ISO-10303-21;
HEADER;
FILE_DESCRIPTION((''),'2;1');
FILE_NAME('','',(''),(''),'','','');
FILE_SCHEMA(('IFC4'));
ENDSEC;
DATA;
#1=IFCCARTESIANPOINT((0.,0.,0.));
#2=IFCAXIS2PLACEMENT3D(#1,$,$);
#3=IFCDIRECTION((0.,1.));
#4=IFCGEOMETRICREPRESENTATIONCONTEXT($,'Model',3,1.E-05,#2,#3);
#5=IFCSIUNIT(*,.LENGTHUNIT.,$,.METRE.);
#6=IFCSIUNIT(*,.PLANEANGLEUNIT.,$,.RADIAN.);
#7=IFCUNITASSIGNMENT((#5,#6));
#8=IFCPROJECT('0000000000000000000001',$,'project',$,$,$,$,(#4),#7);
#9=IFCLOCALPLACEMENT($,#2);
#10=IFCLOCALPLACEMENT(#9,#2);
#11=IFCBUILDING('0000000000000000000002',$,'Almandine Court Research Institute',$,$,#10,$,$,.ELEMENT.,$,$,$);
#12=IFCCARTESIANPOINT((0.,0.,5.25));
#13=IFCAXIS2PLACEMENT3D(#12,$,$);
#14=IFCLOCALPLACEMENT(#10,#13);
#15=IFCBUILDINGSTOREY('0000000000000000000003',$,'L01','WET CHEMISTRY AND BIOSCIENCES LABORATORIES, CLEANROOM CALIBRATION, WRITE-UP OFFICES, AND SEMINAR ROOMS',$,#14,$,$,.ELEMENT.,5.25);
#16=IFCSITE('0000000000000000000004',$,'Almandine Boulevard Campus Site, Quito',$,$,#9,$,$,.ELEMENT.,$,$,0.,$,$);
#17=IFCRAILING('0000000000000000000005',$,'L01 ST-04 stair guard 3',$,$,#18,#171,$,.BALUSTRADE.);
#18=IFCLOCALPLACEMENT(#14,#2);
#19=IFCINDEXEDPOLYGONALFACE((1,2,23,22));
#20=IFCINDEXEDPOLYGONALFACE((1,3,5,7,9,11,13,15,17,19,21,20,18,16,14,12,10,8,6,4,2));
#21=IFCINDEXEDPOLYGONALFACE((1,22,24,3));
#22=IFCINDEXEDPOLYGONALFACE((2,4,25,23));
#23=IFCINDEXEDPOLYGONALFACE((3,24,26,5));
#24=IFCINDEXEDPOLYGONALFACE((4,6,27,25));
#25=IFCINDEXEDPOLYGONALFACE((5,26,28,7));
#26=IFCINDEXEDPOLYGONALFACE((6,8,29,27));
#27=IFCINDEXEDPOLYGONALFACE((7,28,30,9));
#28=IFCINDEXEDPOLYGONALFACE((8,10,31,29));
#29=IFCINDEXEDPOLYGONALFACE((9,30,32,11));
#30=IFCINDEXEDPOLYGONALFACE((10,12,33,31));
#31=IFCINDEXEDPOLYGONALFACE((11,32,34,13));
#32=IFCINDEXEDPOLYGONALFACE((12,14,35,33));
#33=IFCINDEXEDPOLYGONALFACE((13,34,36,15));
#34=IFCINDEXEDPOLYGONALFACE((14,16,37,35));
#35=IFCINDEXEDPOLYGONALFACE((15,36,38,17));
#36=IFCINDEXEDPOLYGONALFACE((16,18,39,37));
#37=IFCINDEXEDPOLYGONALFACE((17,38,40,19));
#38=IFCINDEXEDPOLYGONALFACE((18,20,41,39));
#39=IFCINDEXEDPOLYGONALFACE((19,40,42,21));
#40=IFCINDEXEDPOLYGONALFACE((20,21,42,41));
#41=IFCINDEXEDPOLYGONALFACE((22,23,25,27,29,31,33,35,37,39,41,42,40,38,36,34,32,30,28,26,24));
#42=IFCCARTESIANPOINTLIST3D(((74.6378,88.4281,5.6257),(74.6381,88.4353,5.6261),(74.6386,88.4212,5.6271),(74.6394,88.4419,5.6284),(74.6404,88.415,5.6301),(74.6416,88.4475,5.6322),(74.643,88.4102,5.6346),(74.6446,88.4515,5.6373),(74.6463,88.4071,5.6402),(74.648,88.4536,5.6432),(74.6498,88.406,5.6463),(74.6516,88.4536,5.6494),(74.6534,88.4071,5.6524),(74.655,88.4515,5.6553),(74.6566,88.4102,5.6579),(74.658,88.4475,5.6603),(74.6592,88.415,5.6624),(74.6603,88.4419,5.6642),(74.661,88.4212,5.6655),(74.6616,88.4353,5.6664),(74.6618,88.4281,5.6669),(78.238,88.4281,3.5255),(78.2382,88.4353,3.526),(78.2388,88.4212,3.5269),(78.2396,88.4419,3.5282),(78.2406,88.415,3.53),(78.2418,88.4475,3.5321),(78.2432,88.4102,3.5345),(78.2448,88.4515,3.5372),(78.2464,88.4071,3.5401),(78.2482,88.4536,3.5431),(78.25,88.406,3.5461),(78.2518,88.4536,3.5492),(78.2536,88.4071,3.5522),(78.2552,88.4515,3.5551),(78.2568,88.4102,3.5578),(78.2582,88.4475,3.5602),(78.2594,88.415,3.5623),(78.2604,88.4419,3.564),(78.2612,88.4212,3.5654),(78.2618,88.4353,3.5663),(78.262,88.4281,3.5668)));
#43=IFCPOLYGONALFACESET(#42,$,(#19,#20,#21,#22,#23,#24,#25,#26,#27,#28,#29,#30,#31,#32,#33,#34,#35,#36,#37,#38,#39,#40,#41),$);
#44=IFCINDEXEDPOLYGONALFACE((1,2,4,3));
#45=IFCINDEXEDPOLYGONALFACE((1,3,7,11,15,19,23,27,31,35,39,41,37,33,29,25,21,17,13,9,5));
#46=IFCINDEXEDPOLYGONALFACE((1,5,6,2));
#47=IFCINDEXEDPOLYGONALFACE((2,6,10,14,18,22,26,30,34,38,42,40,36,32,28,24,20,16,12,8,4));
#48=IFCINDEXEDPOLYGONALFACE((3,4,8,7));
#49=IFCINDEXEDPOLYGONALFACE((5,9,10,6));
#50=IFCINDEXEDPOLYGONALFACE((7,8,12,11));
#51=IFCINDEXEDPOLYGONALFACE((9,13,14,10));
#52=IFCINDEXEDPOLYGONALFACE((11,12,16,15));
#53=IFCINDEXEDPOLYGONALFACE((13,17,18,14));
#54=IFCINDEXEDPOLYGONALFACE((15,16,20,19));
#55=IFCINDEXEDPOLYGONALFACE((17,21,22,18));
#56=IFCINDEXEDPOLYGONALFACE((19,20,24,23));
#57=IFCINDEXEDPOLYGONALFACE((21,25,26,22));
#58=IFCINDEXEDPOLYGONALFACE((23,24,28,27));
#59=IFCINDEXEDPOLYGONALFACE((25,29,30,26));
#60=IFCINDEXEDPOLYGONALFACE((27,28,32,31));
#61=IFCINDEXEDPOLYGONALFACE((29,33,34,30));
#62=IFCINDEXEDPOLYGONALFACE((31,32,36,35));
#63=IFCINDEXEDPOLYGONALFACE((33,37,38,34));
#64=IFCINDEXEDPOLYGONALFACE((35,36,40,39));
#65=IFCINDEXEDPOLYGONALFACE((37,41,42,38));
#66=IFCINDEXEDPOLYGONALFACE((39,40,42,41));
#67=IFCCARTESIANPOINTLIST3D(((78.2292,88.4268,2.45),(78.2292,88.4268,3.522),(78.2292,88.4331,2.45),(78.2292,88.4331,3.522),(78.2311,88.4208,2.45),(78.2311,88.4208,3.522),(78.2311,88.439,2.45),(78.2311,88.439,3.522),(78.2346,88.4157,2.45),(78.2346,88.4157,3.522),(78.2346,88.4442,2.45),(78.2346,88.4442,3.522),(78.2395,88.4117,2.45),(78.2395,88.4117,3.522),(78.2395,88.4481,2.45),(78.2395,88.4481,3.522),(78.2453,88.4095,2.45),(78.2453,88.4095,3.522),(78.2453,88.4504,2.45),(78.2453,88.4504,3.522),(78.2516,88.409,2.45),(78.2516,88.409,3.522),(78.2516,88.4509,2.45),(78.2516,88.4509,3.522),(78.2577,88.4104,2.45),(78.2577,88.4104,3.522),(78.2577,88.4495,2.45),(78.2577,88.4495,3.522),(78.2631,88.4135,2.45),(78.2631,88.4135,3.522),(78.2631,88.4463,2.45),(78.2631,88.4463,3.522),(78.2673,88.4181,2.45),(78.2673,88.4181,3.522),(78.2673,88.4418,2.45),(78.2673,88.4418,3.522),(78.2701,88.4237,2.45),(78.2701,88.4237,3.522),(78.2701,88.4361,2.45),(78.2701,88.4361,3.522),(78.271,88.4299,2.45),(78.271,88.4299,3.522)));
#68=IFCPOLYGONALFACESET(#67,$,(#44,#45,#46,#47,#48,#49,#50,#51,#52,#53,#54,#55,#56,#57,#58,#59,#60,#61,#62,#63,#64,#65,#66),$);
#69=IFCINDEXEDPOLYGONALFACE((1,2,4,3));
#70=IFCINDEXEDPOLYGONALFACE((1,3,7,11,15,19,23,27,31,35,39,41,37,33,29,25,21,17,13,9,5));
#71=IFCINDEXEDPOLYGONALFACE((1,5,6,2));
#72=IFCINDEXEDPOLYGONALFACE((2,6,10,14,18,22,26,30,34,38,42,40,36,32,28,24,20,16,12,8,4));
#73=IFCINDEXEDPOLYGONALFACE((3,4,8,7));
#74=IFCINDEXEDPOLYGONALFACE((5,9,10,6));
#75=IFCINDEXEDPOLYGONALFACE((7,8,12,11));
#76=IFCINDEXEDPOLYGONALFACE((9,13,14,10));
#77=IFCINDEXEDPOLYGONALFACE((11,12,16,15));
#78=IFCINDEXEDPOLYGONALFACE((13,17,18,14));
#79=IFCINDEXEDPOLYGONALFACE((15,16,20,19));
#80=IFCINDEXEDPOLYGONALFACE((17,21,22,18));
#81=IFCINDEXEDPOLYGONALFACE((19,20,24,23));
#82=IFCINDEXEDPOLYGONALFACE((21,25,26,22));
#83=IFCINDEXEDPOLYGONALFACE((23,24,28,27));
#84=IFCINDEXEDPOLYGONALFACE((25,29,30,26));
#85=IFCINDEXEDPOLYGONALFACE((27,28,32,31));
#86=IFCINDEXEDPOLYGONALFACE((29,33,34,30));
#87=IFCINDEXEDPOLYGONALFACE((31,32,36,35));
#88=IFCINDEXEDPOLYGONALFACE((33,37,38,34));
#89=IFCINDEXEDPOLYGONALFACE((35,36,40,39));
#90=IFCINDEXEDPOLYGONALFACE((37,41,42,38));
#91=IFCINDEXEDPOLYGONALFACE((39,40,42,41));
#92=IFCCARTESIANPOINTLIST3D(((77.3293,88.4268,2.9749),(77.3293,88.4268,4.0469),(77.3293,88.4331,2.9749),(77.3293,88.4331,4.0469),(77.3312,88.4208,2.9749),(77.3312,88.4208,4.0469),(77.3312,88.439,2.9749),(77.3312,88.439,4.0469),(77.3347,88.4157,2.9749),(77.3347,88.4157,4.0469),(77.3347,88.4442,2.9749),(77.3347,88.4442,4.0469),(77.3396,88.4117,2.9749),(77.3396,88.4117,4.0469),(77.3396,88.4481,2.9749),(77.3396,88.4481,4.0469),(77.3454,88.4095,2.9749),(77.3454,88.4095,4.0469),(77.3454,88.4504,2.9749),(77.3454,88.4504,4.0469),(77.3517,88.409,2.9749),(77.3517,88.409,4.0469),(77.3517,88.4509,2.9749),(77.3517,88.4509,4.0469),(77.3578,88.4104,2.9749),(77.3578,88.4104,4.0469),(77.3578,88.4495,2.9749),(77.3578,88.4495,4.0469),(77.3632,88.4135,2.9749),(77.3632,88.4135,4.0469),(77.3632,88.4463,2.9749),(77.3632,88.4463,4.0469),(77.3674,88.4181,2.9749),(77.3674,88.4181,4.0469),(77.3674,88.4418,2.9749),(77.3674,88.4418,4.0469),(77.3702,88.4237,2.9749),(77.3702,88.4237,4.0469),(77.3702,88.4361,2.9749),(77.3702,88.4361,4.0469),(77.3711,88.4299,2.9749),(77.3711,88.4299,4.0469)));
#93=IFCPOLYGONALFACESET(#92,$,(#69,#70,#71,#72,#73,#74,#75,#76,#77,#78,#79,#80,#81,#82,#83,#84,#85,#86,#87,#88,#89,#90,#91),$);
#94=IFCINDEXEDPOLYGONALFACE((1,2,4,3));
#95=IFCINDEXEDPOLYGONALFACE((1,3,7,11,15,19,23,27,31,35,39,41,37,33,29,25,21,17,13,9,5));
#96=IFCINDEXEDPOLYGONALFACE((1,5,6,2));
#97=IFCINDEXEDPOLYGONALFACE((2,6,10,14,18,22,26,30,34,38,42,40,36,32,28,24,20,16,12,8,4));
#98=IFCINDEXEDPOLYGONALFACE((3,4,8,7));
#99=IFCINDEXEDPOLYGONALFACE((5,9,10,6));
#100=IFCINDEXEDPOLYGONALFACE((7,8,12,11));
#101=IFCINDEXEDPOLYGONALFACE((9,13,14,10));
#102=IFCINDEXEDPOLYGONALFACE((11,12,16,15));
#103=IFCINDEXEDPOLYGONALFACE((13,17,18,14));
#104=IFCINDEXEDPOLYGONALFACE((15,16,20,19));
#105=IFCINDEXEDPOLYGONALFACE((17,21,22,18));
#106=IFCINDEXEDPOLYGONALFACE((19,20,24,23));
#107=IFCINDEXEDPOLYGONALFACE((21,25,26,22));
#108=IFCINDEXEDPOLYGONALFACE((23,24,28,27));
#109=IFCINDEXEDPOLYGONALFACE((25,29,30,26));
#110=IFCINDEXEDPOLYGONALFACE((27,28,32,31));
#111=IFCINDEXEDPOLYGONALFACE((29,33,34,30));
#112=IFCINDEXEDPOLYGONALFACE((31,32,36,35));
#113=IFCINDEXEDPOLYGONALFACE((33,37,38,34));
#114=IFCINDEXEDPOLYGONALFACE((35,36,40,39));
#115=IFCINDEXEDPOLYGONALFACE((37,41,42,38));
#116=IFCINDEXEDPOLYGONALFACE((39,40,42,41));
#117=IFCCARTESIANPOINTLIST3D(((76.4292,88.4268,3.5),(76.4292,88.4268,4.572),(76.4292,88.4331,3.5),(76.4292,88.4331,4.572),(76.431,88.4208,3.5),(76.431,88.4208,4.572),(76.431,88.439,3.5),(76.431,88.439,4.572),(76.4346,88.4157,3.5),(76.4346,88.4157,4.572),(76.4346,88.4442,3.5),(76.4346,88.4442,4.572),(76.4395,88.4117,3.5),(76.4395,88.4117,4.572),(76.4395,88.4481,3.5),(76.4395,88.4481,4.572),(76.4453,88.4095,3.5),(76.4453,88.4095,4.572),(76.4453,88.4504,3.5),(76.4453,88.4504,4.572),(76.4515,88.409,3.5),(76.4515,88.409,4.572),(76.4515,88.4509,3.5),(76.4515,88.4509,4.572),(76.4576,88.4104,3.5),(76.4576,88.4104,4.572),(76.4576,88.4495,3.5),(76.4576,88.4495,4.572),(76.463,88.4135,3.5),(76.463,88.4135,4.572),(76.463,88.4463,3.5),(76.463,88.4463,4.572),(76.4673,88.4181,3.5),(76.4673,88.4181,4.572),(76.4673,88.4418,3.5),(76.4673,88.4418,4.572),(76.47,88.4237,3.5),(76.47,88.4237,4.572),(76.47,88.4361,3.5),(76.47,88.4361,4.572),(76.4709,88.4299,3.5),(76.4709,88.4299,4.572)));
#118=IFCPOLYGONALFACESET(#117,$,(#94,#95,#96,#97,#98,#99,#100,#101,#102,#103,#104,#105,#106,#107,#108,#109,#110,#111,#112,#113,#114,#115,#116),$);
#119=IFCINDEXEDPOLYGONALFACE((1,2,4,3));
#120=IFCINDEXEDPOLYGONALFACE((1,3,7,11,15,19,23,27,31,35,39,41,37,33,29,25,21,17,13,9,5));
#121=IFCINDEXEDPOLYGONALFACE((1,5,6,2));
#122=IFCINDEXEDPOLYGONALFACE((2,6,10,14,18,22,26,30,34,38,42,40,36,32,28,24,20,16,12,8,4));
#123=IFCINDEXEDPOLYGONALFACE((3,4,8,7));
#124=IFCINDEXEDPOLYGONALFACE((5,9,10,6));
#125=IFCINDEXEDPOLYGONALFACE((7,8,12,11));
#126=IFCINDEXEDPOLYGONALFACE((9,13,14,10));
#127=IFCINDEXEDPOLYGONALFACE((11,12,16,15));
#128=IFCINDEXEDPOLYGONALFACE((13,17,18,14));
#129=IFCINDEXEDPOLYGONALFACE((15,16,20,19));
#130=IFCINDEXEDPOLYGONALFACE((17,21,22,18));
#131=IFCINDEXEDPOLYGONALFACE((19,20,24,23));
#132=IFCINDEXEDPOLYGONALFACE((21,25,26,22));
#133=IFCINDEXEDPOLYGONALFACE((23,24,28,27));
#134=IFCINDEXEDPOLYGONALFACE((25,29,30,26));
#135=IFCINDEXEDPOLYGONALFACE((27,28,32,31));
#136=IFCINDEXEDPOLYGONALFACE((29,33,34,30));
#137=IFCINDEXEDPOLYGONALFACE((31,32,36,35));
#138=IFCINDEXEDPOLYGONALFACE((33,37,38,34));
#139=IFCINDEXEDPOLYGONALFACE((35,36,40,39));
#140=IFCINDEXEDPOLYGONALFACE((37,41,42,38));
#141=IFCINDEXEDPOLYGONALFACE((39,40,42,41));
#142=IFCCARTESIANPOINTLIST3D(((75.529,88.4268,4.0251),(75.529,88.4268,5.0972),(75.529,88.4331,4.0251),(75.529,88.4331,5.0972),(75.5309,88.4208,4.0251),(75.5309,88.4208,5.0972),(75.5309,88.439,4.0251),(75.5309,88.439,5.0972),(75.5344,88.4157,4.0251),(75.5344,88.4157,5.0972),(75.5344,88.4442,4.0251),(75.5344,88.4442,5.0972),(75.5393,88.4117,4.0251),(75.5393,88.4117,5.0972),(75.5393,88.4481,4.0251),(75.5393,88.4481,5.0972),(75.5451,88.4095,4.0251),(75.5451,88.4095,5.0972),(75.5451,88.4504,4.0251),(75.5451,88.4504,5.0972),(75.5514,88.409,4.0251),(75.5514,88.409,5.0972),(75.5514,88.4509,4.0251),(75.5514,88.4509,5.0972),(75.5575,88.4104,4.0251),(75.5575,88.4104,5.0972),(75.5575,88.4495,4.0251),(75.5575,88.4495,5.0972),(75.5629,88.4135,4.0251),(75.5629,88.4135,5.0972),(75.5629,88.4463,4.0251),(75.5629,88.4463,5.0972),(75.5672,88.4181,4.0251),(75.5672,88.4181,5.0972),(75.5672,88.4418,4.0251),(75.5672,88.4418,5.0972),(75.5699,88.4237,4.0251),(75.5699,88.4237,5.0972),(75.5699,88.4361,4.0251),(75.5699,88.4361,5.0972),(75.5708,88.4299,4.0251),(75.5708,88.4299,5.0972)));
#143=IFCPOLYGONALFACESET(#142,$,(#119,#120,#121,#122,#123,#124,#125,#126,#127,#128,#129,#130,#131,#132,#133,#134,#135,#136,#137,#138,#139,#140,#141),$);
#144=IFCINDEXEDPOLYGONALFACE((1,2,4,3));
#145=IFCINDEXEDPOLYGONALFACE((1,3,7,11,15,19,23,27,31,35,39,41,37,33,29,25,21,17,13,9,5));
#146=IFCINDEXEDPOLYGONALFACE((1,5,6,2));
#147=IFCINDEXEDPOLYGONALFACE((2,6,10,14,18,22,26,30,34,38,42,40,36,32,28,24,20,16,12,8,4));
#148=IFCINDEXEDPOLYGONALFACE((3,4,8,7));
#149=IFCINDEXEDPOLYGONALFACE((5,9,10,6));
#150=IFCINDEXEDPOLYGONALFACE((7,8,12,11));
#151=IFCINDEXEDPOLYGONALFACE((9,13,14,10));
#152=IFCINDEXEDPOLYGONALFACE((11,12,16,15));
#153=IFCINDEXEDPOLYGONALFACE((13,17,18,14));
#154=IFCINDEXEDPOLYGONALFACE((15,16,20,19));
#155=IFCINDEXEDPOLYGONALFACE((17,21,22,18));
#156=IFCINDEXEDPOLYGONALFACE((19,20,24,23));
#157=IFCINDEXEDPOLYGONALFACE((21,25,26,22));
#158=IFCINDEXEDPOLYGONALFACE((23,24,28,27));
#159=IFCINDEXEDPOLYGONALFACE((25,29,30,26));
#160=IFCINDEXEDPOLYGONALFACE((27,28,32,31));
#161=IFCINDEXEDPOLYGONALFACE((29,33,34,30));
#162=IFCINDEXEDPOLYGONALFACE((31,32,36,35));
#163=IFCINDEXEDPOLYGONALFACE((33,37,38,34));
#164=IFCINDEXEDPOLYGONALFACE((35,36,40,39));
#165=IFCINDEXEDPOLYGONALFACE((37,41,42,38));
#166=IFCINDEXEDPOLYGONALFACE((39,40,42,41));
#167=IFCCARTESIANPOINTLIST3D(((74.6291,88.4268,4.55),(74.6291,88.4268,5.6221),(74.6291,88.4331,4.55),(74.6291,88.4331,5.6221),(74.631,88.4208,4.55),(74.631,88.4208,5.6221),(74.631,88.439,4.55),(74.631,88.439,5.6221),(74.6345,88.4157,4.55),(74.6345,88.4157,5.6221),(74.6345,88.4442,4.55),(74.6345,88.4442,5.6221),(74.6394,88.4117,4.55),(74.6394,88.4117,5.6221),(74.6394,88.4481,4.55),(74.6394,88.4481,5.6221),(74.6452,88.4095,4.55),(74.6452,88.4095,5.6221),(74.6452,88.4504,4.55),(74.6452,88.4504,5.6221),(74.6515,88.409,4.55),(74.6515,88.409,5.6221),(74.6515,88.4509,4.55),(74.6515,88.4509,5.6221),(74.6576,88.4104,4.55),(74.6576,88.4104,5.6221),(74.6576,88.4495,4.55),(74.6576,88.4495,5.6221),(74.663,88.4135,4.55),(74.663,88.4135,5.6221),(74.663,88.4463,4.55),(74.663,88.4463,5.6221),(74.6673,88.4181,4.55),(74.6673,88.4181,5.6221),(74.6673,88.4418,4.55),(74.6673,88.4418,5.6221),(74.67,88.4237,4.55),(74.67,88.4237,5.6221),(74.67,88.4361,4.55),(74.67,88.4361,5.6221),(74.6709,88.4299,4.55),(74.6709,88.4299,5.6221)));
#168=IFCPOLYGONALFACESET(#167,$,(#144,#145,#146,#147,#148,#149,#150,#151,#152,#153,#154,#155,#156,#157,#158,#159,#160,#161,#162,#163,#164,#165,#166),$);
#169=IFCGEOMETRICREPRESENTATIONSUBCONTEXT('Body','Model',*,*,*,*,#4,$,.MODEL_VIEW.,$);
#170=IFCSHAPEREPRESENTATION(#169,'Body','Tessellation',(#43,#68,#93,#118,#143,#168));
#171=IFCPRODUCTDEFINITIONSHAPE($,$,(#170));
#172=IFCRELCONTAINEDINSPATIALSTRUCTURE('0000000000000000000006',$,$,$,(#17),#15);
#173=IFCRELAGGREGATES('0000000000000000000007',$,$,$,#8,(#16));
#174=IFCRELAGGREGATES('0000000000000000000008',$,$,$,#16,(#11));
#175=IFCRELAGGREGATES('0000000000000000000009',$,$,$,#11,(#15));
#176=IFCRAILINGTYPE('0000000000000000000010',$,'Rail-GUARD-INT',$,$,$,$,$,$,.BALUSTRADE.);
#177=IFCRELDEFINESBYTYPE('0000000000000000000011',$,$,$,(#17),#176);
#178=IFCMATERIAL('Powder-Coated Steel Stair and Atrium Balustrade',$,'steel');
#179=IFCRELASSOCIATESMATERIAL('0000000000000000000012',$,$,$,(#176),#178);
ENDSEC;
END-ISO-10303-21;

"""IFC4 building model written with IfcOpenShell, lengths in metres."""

from ifc_helpers import new_model, si_unit, direction, frame, origin, origin_2d, place, context, subcontext, project, spatial, circle, extrude, material, type_object, element, save


model = new_model("IFC4")

# Units and contexts
model_context = context("Model", 3, precision=1e-05, world=origin(), true_north=direction((0.0, 1.0)))
body_context = subcontext(model_context, "Body", "Model", "MODEL_VIEW")
ifc_project = project(units=[si_unit("LENGTHUNIT", "METRE"), si_unit("PLANEANGLEUNIT", "RADIAN")], contexts=[model_context])

# Site, building, storey
site_placement = place(None, origin())
site = spatial("IfcSite", under=ifc_project, at=site_placement, Name="Almandine Boulevard Campus Site, Quito", CompositionType="ELEMENT", RefElevation=0.0)
building_placement = place(site_placement, origin())
building = spatial("IfcBuilding", under=site, at=building_placement, Name="Almandine Court Research Institute", CompositionType="ELEMENT")
storey_placement = place(building_placement, frame((0.0, 0.0, 5.25)))
storey = spatial("IfcBuildingStorey", under=building, at=storey_placement, Name="L01", Description="WET CHEMISTRY AND BIOSCIENCES LABORATORIES, CLEANROOM CALIBRATION, WRITE-UP OFFICES, AND SEMINAR ROOMS", CompositionType="ELEMENT", Elevation=5.25)

# Railing
ifc_material_1 = material(Name="Powder-Coated Steel Stair and Atrium Balustrade", Category="steel")
railing_type_1 = type_object("IfcRailingType", Name="Rail-GUARD-INT", PredefinedType="BALUSTRADE", material=ifc_material_1)
railing_1_placement = place(storey_placement, frame((78.25, 88.4299, 2.45)))
element("IfcRailing", 1, at=railing_1_placement, inside=storey, type_object=railing_type_1, Name="L01 ST-04 stair guard 3", PredefinedType="BALUSTRADE", context=body_context, shape_type="SweptSolid", body=[
    extrude(circle(Radius=0.0239, at=origin_2d()), frame((0.0, 0.0, 1.0962), z_axis=(-0.863775, 0.0, 0.503878), x_axis=(0.0, -1.0, 0.0)), (0.0, 0.0, 1.0), 4.168),
    extrude(circle(Radius=0.021, at=origin_2d()), origin(), (0.0, 0.0, 1.0), 1.072),
    extrude(circle(Radius=0.021, at=origin_2d()), frame((-0.8999, 0.0, 0.5249)), (0.0, 0.0, 1.0), 1.072),
    extrude(circle(Radius=0.021, at=origin_2d()), frame((-1.8, 0.0, 1.05)), (0.0, 0.0, 1.0), 1.072),
    extrude(circle(Radius=0.021, at=origin_2d()), frame((-2.7002, 0.0, 1.5752)), (0.0, 0.0, 1.0), 1.072),
    extrude(circle(Radius=0.021, at=origin_2d()), frame((-3.6001, 0.0, 2.1001)), (0.0, 0.0, 1.0), 1.072),
])

save(model, "model.ifc")
